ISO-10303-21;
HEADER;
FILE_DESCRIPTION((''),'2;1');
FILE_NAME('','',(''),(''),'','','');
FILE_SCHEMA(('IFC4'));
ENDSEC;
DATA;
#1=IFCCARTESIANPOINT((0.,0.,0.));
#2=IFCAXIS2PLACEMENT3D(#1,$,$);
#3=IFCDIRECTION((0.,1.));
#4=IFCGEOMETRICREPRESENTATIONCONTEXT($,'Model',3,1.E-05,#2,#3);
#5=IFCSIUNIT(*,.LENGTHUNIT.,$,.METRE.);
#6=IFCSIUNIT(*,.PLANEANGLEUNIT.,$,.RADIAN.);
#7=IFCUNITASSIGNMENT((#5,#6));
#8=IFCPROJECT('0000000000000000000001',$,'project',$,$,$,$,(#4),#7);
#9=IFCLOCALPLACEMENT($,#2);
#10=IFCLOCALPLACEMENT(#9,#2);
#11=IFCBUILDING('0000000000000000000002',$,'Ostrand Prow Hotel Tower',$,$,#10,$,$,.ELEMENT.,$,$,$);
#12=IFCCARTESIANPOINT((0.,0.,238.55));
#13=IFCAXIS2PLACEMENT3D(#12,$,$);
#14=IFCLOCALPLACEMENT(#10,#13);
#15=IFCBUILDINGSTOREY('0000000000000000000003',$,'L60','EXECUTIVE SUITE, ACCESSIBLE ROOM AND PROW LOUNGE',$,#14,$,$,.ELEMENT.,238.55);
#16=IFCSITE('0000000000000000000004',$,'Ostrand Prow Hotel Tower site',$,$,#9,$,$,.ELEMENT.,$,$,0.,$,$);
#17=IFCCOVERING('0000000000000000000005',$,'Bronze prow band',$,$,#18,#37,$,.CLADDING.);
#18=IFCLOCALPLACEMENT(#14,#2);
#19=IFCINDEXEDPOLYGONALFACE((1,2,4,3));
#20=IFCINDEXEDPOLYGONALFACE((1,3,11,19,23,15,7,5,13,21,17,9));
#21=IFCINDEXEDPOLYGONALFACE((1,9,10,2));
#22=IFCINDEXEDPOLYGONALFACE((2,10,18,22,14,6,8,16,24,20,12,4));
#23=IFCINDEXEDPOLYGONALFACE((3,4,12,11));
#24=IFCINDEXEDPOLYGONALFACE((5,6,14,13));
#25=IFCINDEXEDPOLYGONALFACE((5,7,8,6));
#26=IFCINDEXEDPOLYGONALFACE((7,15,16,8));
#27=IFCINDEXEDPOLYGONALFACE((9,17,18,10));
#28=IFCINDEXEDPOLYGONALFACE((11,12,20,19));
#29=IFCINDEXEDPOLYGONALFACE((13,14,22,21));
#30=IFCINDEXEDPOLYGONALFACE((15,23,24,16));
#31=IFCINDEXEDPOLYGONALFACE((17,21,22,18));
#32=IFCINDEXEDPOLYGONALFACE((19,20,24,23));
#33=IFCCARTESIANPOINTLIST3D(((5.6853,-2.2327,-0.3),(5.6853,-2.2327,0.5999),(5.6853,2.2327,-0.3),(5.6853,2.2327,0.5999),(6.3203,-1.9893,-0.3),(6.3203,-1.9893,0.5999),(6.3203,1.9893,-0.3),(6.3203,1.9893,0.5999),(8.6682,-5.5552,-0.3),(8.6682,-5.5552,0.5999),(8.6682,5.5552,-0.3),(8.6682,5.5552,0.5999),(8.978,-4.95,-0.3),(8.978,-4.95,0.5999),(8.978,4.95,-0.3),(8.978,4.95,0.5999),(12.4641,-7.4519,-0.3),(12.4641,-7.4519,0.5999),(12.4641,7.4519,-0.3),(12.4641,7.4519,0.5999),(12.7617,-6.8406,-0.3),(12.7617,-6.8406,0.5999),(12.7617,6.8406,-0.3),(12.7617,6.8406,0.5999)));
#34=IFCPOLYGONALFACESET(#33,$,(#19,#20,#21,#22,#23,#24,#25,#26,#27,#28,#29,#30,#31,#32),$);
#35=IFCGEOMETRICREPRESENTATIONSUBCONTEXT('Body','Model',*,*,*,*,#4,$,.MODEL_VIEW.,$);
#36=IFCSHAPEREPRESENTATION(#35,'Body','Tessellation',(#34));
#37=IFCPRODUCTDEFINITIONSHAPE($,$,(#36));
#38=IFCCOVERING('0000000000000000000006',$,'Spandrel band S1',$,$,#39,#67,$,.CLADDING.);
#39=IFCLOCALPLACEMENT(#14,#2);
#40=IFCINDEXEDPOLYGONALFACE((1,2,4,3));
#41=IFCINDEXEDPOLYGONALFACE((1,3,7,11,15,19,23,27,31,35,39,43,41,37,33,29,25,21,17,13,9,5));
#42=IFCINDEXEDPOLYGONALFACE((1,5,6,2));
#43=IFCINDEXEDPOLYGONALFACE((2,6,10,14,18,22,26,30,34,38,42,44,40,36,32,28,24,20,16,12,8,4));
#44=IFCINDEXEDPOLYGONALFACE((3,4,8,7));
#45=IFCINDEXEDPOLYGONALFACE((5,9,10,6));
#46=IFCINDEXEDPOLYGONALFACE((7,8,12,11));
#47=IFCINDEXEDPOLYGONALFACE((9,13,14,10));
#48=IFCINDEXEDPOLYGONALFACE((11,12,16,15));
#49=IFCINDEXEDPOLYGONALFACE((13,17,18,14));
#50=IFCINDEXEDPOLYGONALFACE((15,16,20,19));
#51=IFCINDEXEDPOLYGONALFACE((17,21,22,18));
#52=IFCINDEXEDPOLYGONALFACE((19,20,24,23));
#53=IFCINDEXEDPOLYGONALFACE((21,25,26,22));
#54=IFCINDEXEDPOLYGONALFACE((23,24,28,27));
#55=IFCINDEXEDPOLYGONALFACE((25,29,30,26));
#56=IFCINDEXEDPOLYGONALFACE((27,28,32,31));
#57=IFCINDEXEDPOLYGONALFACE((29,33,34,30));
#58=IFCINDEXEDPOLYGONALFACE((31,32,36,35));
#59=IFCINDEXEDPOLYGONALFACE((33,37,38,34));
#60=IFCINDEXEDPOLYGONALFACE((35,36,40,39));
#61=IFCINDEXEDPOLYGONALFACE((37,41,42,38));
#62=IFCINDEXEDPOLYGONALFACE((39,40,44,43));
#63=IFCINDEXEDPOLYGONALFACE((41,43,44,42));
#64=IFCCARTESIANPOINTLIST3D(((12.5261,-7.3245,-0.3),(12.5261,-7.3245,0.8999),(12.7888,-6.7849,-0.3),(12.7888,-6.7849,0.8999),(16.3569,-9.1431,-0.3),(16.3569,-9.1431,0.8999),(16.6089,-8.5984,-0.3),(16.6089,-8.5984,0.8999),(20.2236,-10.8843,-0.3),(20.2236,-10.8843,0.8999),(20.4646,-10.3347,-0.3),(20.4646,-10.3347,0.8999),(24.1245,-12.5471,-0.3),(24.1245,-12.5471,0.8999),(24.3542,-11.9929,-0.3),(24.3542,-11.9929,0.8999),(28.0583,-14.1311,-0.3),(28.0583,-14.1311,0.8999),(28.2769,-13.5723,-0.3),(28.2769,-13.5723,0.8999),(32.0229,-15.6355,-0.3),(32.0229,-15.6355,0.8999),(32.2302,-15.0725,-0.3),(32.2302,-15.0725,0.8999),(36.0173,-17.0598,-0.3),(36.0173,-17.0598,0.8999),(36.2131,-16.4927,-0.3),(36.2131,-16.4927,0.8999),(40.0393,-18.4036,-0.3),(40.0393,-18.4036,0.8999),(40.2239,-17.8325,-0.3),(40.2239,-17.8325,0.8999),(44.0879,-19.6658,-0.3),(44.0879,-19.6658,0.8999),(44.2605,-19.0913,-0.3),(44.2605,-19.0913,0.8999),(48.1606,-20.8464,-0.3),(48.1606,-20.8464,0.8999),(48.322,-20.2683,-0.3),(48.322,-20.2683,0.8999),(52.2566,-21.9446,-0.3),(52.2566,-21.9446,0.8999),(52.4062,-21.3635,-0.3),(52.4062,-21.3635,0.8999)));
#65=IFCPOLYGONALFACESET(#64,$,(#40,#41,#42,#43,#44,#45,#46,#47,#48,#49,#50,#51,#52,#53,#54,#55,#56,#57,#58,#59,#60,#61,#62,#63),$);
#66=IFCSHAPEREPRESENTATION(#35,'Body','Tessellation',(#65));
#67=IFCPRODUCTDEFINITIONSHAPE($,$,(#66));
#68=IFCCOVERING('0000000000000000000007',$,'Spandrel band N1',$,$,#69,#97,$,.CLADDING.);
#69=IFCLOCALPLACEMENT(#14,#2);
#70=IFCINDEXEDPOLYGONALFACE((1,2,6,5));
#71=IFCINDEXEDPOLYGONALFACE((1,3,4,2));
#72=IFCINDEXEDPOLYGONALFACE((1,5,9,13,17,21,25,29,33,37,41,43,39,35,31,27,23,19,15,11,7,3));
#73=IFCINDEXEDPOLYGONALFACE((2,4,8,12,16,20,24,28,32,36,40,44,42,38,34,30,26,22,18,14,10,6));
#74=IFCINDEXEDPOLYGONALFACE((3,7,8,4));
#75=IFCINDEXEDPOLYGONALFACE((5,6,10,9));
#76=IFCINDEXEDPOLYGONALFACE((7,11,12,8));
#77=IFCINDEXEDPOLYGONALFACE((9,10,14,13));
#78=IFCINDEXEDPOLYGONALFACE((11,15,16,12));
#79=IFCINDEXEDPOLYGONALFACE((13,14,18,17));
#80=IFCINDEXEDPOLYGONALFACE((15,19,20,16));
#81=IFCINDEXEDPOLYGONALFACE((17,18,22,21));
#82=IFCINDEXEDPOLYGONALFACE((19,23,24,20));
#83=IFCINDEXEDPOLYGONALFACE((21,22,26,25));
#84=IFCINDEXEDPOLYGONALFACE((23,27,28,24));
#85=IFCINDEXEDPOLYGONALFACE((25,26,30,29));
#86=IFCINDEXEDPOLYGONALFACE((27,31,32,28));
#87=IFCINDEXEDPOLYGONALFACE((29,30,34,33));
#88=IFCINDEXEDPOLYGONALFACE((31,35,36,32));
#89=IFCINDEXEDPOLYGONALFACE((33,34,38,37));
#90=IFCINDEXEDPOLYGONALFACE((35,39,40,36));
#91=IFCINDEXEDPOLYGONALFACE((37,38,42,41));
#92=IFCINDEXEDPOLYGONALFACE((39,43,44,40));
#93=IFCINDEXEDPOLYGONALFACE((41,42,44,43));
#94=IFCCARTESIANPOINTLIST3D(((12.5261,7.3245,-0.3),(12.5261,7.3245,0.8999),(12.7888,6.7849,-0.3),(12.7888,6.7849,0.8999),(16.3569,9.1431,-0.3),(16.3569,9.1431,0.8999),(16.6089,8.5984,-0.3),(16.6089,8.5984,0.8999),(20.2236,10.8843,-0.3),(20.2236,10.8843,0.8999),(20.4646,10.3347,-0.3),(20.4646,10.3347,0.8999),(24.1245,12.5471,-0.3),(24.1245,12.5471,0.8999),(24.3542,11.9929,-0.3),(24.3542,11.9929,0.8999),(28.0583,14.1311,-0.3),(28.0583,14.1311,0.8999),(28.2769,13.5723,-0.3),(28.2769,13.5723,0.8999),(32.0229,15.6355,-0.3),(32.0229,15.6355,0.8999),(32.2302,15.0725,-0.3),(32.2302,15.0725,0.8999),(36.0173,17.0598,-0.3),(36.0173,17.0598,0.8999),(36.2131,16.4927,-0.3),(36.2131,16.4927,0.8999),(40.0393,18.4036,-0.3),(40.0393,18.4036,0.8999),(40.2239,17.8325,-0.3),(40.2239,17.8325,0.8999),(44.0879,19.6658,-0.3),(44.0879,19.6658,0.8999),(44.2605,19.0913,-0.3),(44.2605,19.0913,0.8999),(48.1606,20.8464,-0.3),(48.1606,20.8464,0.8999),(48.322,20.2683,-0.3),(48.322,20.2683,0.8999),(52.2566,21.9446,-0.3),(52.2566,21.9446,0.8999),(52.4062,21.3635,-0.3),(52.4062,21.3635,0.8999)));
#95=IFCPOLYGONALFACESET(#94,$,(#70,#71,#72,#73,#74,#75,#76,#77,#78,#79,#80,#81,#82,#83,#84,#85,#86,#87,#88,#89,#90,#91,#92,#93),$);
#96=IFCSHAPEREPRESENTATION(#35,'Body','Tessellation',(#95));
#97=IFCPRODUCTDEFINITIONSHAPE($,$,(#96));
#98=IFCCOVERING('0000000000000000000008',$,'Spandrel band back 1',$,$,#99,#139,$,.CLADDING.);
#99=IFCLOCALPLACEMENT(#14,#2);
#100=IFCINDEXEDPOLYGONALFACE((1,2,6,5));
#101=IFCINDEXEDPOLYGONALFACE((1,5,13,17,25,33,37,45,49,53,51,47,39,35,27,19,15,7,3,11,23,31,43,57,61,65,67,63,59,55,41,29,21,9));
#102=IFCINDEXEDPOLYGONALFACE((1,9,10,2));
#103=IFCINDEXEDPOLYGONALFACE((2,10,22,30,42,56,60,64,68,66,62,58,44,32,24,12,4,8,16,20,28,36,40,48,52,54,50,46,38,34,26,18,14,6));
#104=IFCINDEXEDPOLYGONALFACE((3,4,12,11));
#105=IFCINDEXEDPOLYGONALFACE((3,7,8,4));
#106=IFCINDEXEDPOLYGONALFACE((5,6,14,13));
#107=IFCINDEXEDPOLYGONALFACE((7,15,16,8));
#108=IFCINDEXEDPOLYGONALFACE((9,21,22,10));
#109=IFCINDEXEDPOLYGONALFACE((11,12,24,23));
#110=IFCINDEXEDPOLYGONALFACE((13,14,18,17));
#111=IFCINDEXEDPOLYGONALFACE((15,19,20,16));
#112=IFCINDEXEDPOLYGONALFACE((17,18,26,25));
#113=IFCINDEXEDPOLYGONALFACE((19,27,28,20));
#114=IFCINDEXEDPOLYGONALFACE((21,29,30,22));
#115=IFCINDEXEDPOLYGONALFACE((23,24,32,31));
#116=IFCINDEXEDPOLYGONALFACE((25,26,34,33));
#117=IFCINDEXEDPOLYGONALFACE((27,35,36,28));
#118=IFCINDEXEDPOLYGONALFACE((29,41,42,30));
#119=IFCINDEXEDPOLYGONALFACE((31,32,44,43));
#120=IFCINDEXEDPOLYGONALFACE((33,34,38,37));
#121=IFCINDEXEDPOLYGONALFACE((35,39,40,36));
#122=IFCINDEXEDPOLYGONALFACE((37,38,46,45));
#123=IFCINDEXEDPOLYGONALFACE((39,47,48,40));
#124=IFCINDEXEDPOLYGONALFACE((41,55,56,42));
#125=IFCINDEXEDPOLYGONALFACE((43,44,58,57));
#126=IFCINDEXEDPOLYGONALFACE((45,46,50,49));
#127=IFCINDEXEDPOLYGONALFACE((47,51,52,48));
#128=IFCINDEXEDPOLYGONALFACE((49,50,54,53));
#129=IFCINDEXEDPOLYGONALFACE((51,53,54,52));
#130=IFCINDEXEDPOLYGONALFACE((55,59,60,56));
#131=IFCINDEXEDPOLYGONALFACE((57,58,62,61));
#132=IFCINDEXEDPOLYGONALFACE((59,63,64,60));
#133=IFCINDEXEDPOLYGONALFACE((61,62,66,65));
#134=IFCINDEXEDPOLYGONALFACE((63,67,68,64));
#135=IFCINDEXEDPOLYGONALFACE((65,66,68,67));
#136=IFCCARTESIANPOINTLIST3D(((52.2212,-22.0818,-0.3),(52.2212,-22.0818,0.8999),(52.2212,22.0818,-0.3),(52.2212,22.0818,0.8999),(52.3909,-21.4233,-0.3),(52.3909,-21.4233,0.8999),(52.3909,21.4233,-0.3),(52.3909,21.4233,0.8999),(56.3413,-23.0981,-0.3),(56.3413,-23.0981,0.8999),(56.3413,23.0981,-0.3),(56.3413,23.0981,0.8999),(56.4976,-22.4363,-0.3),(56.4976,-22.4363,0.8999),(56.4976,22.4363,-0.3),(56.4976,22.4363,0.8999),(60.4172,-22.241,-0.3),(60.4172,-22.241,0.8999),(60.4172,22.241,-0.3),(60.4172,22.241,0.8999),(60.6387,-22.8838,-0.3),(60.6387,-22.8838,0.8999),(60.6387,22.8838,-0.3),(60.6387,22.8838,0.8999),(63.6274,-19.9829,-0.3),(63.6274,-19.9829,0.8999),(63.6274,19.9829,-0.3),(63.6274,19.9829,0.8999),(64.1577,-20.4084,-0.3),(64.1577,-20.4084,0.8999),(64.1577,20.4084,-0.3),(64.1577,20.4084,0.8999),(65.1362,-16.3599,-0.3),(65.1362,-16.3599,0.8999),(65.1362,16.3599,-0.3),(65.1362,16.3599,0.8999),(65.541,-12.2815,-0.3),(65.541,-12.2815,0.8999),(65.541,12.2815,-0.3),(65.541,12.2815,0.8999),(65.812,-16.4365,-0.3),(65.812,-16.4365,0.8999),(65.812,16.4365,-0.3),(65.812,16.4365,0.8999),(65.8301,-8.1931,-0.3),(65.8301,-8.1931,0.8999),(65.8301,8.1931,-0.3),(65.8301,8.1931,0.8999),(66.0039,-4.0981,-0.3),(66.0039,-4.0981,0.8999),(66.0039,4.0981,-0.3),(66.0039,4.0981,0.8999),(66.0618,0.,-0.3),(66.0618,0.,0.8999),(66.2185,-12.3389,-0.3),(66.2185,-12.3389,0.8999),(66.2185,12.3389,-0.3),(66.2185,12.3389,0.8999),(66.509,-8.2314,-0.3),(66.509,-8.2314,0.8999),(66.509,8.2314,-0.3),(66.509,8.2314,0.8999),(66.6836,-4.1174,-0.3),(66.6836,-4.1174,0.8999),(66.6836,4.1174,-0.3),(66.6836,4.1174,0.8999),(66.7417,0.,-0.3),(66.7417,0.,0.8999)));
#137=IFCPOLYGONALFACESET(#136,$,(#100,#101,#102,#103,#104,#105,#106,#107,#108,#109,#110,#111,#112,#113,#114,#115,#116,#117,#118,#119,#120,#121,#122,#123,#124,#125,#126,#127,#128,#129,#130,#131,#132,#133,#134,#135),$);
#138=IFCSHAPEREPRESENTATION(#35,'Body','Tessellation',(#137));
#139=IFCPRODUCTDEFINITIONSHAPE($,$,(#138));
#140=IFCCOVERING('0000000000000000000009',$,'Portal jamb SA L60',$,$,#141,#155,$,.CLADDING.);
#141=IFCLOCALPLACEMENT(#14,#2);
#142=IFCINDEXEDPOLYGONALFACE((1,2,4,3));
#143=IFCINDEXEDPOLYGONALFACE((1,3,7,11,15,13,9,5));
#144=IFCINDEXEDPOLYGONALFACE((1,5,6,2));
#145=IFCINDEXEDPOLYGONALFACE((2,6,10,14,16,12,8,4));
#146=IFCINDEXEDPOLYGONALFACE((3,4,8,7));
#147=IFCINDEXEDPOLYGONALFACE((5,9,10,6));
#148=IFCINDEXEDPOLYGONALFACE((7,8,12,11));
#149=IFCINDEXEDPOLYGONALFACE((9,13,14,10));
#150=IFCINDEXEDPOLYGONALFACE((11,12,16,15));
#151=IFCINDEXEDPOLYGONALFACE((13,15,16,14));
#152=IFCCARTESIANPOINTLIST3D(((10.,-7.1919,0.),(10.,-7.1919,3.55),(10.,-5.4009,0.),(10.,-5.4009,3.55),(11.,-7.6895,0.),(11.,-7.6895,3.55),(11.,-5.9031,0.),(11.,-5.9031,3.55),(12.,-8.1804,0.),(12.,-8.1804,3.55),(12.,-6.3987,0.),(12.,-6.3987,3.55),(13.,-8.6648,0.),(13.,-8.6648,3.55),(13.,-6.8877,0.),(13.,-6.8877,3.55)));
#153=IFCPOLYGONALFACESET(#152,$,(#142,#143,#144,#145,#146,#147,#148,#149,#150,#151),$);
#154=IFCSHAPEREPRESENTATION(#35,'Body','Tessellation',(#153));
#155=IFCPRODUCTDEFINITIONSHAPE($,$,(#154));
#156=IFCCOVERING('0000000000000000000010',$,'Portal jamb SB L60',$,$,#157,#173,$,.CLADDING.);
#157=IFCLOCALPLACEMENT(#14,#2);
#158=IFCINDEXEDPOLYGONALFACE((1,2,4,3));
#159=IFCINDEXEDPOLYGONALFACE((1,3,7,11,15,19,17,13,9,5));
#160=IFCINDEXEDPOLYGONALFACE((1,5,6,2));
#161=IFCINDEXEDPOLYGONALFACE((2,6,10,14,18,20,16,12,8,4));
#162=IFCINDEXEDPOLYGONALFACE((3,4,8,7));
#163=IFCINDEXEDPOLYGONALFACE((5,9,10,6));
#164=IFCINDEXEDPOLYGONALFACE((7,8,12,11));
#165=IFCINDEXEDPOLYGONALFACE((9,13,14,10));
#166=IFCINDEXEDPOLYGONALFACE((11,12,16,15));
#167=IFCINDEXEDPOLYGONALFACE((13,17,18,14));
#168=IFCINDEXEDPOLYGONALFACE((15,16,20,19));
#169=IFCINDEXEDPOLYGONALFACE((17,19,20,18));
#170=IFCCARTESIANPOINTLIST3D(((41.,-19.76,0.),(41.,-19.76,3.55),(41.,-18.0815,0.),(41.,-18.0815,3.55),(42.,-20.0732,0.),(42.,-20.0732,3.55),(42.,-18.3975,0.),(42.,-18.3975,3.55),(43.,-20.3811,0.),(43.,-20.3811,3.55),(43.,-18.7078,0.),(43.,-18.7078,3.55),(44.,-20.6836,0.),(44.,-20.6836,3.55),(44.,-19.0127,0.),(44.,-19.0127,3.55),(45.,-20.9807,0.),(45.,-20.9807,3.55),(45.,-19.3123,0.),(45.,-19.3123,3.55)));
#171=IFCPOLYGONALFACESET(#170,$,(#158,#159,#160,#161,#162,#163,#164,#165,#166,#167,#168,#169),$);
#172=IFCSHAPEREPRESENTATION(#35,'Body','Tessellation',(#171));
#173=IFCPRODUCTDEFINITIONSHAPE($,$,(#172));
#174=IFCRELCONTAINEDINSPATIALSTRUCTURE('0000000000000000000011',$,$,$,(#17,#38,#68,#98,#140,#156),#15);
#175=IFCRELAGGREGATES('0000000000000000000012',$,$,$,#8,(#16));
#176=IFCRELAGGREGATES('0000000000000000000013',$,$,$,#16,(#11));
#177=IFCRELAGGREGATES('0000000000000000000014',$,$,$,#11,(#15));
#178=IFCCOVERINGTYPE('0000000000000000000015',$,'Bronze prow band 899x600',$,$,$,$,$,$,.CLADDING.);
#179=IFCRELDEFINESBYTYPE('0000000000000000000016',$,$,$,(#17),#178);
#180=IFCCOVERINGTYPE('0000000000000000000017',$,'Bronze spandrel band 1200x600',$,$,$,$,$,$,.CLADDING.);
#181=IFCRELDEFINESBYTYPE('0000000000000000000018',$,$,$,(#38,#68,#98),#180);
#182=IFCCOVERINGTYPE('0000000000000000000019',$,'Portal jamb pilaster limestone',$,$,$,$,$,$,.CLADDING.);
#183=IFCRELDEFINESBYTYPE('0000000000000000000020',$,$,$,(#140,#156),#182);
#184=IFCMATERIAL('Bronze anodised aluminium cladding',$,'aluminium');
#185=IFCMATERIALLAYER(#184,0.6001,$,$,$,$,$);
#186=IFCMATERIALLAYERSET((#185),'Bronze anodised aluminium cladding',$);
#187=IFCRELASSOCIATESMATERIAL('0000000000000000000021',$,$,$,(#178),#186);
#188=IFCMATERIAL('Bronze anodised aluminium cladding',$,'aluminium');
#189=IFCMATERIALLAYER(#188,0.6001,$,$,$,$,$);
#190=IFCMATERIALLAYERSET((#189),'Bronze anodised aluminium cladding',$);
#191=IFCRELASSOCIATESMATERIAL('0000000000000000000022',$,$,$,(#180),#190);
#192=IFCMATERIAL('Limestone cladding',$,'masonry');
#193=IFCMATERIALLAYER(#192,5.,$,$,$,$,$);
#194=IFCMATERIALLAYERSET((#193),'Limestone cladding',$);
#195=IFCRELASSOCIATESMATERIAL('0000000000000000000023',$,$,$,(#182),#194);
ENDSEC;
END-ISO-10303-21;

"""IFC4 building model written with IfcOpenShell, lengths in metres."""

from ifc_helpers import new_model, si_unit, direction, frame, origin, place, context, subcontext, project, spatial, polyline, outline, extrude, material, layer, layer_set, type_object, element, save


model = new_model("IFC4")

# Units and contexts
model_context = context("Model", 3, precision=1e-05, world=origin(), true_north=direction((0.0, 1.0)))
body_context = subcontext(model_context, "Body", "Model", "MODEL_VIEW")
ifc_project = project(units=[si_unit("LENGTHUNIT", "METRE"), si_unit("PLANEANGLEUNIT", "RADIAN")], contexts=[model_context])

# Site, building, storey
site_placement = place(None, origin())
site = spatial("IfcSite", under=ifc_project, at=site_placement, Name="Ostrand Prow Hotel Tower site", CompositionType="ELEMENT", RefElevation=0.0)
building_placement = place(site_placement, origin())
building = spatial("IfcBuilding", under=site, at=building_placement, Name="Ostrand Prow Hotel Tower", CompositionType="ELEMENT")
storey_placement = place(building_placement, frame((0.0, 0.0, 238.55)))
storey = spatial("IfcBuildingStorey", under=building, at=storey_placement, Name="L60", Description="EXECUTIVE SUITE, ACCESSIBLE ROOM AND PROW LOUNGE", CompositionType="ELEMENT", Elevation=238.55)

# Coverings
ifc_material_1 = material(Name="Bronze anodised aluminium cladding", Category="aluminium")
ifc_layer_1 = layer(ifc_material_1, 0.6001)
ifc_layer_set_1 = layer_set([ifc_layer_1], Name="Bronze anodised aluminium cladding")
covering_type_1 = type_object("IfcCoveringType", Name="Bronze prow band 899x600", PredefinedType="CLADDING", material=ifc_layer_set_1)
covering_1_placement = place(storey_placement, frame((0.0, 0.0, -0.3)))
element("IfcCovering", 1, at=covering_1_placement, inside=storey, type_object=covering_type_1, Name="Bronze prow band", PredefinedType="CLADDING", context=body_context, shape_type="SweptSolid", body=[
    extrude(outline(polyline([(12.4641, 7.4519), (8.6682, 5.5552), (5.6853, 2.2327), (5.6853, -2.2327), (8.6682, -5.5552), (12.4641, -7.4519), (12.7617, -6.8406), (8.978, -4.95), (6.3203, -1.9893), (6.3203, 1.9893), (8.978, 4.95), (12.7617, 6.8406), (12.4641, 7.4519)])), origin(), (0.0, 0.0, 1.0), 0.8999),
])
ifc_material_2 = material(Name="Bronze anodised aluminium cladding", Category="aluminium")
ifc_layer_2 = layer(ifc_material_2, 0.6001)
ifc_layer_set_2 = layer_set([ifc_layer_2], Name="Bronze anodised aluminium cladding")
covering_type_2 = type_object("IfcCoveringType", Name="Bronze spandrel band 1200x600", PredefinedType="CLADDING", material=ifc_layer_set_2)
covering_2_placement = place(storey_placement, frame((0.0, 0.0, -0.3)))
element("IfcCovering", 2, at=covering_2_placement, inside=storey, type_object=covering_type_2, Name="Spandrel band S1", PredefinedType="CLADDING", context=body_context, shape_type="SweptSolid", body=[
    extrude(outline(polyline([(12.5261, -7.3245), (16.3569, -9.1431), (20.2236, -10.8843), (24.1245, -12.5471), (28.0583, -14.1311), (32.0229, -15.6355), (36.0173, -17.0598), (40.0393, -18.4036), (44.0879, -19.6658), (48.1606, -20.8464), (52.2566, -21.9446), (52.4062, -21.3635), (48.322, -20.2683), (44.2605, -19.0913), (40.2239, -17.8325), (36.2131, -16.4927), (32.2302, -15.0725), (28.2769, -13.5723), (24.3542, -11.9929), (20.4646, -10.3347), (16.6089, -8.5984), (12.7888, -6.7849), (12.5261, -7.3245)])), origin(), (0.0, 0.0, 1.0), 1.2),
])
covering_3_placement = place(storey_placement, frame((0.0, 0.0, -0.3)))
element("IfcCovering", 3, at=covering_3_placement, inside=storey, type_object=covering_type_2, Name="Spandrel band N1", PredefinedType="CLADDING", context=body_context, shape_type="SweptSolid", body=[
    extrude(outline(polyline([(52.2566, 21.9446), (48.1606, 20.8464), (44.0879, 19.6658), (40.0393, 18.4036), (36.0173, 17.0598), (32.0229, 15.6355), (28.0583, 14.1311), (24.1245, 12.5471), (20.2236, 10.8843), (16.3569, 9.1431), (12.5261, 7.3245), (12.7888, 6.7849), (16.6089, 8.5984), (20.4646, 10.3347), (24.3542, 11.9929), (28.2769, 13.5723), (32.2302, 15.0725), (36.2131, 16.4927), (40.2239, 17.8325), (44.2605, 19.0913), (48.322, 20.2683), (52.4062, 21.3635), (52.2566, 21.9446)])), origin(), (0.0, 0.0, 1.0), 1.2),
])
covering_4_placement = place(storey_placement, frame((0.0, 0.0, -0.3)))
element("IfcCovering", 4, at=covering_4_placement, inside=storey, type_object=covering_type_2, Name="Spandrel band back 1", PredefinedType="CLADDING", context=body_context, shape_type="SweptSolid", body=[
    extrude(outline(polyline([(52.2212, -22.0818), (56.3413, -23.0981), (60.6387, -22.8838), (64.1577, -20.4084), (65.812, -16.4365), (66.2185, -12.3389), (66.509, -8.2314), (66.6836, -4.1174), (66.7417, 0.0), (66.6836, 4.1174), (66.509, 8.2314), (66.2185, 12.3389), (65.812, 16.4365), (64.1577, 20.4084), (60.6387, 22.8838), (56.3413, 23.0981), (52.2212, 22.0818), (52.3909, 21.4233), (56.4976, 22.4363), (60.4172, 22.241), (63.6274, 19.9829), (65.1362, 16.3599), (65.541, 12.2815), (65.8301, 8.1931), (66.0039, 4.0981), (66.0618, 0.0), (66.0039, -4.0981), (65.8301, -8.1931), (65.541, -12.2815), (65.1362, -16.3599), (63.6274, -19.9829), (60.4172, -22.241), (56.4976, -22.4363), (52.3909, -21.4233), (52.2212, -22.0818)])), origin(), (0.0, 0.0, 1.0), 1.2),
])
ifc_material_3 = material(Name="Limestone cladding", Category="masonry")
ifc_layer_3 = layer(ifc_material_3, 5.0)
ifc_layer_set_3 = layer_set([ifc_layer_3], Name="Limestone cladding")
covering_type_3 = type_object("IfcCoveringType", Name="Portal jamb pilaster limestone", PredefinedType="CLADDING", material=ifc_layer_set_3)
covering_5_placement = place(storey_placement, origin())
element("IfcCovering", 5, at=covering_5_placement, inside=storey, type_object=covering_type_3, Name="Portal jamb SA L60", PredefinedType="CLADDING", context=body_context, shape_type="SweptSolid", body=[
    extrude(outline(polyline([(10.0, -5.4009), (10.0, -7.1919), (11.0, -7.6895), (12.0, -8.1804), (13.0, -8.6648), (13.0, -6.8877), (12.0, -6.3987), (11.0, -5.9031), (10.0, -5.4009)])), origin(), (0.0, 0.0, 1.0), 3.55),
])
covering_6_placement = place(storey_placement, origin())
element("IfcCovering", 6, at=covering_6_placement, inside=storey, type_object=covering_type_3, Name="Portal jamb SB L60", PredefinedType="CLADDING", context=body_context, shape_type="SweptSolid", body=[
    extrude(outline(polyline([(41.0, -18.0815), (41.0, -19.76), (42.0, -20.0732), (43.0, -20.3811), (44.0, -20.6836), (45.0, -20.9807), (45.0, -19.3123), (44.0, -19.0127), (43.0, -18.7078), (42.0, -18.3975), (41.0, -18.0815)])), origin(), (0.0, 0.0, 1.0), 3.55),
])

save(model, "model.ifc")
